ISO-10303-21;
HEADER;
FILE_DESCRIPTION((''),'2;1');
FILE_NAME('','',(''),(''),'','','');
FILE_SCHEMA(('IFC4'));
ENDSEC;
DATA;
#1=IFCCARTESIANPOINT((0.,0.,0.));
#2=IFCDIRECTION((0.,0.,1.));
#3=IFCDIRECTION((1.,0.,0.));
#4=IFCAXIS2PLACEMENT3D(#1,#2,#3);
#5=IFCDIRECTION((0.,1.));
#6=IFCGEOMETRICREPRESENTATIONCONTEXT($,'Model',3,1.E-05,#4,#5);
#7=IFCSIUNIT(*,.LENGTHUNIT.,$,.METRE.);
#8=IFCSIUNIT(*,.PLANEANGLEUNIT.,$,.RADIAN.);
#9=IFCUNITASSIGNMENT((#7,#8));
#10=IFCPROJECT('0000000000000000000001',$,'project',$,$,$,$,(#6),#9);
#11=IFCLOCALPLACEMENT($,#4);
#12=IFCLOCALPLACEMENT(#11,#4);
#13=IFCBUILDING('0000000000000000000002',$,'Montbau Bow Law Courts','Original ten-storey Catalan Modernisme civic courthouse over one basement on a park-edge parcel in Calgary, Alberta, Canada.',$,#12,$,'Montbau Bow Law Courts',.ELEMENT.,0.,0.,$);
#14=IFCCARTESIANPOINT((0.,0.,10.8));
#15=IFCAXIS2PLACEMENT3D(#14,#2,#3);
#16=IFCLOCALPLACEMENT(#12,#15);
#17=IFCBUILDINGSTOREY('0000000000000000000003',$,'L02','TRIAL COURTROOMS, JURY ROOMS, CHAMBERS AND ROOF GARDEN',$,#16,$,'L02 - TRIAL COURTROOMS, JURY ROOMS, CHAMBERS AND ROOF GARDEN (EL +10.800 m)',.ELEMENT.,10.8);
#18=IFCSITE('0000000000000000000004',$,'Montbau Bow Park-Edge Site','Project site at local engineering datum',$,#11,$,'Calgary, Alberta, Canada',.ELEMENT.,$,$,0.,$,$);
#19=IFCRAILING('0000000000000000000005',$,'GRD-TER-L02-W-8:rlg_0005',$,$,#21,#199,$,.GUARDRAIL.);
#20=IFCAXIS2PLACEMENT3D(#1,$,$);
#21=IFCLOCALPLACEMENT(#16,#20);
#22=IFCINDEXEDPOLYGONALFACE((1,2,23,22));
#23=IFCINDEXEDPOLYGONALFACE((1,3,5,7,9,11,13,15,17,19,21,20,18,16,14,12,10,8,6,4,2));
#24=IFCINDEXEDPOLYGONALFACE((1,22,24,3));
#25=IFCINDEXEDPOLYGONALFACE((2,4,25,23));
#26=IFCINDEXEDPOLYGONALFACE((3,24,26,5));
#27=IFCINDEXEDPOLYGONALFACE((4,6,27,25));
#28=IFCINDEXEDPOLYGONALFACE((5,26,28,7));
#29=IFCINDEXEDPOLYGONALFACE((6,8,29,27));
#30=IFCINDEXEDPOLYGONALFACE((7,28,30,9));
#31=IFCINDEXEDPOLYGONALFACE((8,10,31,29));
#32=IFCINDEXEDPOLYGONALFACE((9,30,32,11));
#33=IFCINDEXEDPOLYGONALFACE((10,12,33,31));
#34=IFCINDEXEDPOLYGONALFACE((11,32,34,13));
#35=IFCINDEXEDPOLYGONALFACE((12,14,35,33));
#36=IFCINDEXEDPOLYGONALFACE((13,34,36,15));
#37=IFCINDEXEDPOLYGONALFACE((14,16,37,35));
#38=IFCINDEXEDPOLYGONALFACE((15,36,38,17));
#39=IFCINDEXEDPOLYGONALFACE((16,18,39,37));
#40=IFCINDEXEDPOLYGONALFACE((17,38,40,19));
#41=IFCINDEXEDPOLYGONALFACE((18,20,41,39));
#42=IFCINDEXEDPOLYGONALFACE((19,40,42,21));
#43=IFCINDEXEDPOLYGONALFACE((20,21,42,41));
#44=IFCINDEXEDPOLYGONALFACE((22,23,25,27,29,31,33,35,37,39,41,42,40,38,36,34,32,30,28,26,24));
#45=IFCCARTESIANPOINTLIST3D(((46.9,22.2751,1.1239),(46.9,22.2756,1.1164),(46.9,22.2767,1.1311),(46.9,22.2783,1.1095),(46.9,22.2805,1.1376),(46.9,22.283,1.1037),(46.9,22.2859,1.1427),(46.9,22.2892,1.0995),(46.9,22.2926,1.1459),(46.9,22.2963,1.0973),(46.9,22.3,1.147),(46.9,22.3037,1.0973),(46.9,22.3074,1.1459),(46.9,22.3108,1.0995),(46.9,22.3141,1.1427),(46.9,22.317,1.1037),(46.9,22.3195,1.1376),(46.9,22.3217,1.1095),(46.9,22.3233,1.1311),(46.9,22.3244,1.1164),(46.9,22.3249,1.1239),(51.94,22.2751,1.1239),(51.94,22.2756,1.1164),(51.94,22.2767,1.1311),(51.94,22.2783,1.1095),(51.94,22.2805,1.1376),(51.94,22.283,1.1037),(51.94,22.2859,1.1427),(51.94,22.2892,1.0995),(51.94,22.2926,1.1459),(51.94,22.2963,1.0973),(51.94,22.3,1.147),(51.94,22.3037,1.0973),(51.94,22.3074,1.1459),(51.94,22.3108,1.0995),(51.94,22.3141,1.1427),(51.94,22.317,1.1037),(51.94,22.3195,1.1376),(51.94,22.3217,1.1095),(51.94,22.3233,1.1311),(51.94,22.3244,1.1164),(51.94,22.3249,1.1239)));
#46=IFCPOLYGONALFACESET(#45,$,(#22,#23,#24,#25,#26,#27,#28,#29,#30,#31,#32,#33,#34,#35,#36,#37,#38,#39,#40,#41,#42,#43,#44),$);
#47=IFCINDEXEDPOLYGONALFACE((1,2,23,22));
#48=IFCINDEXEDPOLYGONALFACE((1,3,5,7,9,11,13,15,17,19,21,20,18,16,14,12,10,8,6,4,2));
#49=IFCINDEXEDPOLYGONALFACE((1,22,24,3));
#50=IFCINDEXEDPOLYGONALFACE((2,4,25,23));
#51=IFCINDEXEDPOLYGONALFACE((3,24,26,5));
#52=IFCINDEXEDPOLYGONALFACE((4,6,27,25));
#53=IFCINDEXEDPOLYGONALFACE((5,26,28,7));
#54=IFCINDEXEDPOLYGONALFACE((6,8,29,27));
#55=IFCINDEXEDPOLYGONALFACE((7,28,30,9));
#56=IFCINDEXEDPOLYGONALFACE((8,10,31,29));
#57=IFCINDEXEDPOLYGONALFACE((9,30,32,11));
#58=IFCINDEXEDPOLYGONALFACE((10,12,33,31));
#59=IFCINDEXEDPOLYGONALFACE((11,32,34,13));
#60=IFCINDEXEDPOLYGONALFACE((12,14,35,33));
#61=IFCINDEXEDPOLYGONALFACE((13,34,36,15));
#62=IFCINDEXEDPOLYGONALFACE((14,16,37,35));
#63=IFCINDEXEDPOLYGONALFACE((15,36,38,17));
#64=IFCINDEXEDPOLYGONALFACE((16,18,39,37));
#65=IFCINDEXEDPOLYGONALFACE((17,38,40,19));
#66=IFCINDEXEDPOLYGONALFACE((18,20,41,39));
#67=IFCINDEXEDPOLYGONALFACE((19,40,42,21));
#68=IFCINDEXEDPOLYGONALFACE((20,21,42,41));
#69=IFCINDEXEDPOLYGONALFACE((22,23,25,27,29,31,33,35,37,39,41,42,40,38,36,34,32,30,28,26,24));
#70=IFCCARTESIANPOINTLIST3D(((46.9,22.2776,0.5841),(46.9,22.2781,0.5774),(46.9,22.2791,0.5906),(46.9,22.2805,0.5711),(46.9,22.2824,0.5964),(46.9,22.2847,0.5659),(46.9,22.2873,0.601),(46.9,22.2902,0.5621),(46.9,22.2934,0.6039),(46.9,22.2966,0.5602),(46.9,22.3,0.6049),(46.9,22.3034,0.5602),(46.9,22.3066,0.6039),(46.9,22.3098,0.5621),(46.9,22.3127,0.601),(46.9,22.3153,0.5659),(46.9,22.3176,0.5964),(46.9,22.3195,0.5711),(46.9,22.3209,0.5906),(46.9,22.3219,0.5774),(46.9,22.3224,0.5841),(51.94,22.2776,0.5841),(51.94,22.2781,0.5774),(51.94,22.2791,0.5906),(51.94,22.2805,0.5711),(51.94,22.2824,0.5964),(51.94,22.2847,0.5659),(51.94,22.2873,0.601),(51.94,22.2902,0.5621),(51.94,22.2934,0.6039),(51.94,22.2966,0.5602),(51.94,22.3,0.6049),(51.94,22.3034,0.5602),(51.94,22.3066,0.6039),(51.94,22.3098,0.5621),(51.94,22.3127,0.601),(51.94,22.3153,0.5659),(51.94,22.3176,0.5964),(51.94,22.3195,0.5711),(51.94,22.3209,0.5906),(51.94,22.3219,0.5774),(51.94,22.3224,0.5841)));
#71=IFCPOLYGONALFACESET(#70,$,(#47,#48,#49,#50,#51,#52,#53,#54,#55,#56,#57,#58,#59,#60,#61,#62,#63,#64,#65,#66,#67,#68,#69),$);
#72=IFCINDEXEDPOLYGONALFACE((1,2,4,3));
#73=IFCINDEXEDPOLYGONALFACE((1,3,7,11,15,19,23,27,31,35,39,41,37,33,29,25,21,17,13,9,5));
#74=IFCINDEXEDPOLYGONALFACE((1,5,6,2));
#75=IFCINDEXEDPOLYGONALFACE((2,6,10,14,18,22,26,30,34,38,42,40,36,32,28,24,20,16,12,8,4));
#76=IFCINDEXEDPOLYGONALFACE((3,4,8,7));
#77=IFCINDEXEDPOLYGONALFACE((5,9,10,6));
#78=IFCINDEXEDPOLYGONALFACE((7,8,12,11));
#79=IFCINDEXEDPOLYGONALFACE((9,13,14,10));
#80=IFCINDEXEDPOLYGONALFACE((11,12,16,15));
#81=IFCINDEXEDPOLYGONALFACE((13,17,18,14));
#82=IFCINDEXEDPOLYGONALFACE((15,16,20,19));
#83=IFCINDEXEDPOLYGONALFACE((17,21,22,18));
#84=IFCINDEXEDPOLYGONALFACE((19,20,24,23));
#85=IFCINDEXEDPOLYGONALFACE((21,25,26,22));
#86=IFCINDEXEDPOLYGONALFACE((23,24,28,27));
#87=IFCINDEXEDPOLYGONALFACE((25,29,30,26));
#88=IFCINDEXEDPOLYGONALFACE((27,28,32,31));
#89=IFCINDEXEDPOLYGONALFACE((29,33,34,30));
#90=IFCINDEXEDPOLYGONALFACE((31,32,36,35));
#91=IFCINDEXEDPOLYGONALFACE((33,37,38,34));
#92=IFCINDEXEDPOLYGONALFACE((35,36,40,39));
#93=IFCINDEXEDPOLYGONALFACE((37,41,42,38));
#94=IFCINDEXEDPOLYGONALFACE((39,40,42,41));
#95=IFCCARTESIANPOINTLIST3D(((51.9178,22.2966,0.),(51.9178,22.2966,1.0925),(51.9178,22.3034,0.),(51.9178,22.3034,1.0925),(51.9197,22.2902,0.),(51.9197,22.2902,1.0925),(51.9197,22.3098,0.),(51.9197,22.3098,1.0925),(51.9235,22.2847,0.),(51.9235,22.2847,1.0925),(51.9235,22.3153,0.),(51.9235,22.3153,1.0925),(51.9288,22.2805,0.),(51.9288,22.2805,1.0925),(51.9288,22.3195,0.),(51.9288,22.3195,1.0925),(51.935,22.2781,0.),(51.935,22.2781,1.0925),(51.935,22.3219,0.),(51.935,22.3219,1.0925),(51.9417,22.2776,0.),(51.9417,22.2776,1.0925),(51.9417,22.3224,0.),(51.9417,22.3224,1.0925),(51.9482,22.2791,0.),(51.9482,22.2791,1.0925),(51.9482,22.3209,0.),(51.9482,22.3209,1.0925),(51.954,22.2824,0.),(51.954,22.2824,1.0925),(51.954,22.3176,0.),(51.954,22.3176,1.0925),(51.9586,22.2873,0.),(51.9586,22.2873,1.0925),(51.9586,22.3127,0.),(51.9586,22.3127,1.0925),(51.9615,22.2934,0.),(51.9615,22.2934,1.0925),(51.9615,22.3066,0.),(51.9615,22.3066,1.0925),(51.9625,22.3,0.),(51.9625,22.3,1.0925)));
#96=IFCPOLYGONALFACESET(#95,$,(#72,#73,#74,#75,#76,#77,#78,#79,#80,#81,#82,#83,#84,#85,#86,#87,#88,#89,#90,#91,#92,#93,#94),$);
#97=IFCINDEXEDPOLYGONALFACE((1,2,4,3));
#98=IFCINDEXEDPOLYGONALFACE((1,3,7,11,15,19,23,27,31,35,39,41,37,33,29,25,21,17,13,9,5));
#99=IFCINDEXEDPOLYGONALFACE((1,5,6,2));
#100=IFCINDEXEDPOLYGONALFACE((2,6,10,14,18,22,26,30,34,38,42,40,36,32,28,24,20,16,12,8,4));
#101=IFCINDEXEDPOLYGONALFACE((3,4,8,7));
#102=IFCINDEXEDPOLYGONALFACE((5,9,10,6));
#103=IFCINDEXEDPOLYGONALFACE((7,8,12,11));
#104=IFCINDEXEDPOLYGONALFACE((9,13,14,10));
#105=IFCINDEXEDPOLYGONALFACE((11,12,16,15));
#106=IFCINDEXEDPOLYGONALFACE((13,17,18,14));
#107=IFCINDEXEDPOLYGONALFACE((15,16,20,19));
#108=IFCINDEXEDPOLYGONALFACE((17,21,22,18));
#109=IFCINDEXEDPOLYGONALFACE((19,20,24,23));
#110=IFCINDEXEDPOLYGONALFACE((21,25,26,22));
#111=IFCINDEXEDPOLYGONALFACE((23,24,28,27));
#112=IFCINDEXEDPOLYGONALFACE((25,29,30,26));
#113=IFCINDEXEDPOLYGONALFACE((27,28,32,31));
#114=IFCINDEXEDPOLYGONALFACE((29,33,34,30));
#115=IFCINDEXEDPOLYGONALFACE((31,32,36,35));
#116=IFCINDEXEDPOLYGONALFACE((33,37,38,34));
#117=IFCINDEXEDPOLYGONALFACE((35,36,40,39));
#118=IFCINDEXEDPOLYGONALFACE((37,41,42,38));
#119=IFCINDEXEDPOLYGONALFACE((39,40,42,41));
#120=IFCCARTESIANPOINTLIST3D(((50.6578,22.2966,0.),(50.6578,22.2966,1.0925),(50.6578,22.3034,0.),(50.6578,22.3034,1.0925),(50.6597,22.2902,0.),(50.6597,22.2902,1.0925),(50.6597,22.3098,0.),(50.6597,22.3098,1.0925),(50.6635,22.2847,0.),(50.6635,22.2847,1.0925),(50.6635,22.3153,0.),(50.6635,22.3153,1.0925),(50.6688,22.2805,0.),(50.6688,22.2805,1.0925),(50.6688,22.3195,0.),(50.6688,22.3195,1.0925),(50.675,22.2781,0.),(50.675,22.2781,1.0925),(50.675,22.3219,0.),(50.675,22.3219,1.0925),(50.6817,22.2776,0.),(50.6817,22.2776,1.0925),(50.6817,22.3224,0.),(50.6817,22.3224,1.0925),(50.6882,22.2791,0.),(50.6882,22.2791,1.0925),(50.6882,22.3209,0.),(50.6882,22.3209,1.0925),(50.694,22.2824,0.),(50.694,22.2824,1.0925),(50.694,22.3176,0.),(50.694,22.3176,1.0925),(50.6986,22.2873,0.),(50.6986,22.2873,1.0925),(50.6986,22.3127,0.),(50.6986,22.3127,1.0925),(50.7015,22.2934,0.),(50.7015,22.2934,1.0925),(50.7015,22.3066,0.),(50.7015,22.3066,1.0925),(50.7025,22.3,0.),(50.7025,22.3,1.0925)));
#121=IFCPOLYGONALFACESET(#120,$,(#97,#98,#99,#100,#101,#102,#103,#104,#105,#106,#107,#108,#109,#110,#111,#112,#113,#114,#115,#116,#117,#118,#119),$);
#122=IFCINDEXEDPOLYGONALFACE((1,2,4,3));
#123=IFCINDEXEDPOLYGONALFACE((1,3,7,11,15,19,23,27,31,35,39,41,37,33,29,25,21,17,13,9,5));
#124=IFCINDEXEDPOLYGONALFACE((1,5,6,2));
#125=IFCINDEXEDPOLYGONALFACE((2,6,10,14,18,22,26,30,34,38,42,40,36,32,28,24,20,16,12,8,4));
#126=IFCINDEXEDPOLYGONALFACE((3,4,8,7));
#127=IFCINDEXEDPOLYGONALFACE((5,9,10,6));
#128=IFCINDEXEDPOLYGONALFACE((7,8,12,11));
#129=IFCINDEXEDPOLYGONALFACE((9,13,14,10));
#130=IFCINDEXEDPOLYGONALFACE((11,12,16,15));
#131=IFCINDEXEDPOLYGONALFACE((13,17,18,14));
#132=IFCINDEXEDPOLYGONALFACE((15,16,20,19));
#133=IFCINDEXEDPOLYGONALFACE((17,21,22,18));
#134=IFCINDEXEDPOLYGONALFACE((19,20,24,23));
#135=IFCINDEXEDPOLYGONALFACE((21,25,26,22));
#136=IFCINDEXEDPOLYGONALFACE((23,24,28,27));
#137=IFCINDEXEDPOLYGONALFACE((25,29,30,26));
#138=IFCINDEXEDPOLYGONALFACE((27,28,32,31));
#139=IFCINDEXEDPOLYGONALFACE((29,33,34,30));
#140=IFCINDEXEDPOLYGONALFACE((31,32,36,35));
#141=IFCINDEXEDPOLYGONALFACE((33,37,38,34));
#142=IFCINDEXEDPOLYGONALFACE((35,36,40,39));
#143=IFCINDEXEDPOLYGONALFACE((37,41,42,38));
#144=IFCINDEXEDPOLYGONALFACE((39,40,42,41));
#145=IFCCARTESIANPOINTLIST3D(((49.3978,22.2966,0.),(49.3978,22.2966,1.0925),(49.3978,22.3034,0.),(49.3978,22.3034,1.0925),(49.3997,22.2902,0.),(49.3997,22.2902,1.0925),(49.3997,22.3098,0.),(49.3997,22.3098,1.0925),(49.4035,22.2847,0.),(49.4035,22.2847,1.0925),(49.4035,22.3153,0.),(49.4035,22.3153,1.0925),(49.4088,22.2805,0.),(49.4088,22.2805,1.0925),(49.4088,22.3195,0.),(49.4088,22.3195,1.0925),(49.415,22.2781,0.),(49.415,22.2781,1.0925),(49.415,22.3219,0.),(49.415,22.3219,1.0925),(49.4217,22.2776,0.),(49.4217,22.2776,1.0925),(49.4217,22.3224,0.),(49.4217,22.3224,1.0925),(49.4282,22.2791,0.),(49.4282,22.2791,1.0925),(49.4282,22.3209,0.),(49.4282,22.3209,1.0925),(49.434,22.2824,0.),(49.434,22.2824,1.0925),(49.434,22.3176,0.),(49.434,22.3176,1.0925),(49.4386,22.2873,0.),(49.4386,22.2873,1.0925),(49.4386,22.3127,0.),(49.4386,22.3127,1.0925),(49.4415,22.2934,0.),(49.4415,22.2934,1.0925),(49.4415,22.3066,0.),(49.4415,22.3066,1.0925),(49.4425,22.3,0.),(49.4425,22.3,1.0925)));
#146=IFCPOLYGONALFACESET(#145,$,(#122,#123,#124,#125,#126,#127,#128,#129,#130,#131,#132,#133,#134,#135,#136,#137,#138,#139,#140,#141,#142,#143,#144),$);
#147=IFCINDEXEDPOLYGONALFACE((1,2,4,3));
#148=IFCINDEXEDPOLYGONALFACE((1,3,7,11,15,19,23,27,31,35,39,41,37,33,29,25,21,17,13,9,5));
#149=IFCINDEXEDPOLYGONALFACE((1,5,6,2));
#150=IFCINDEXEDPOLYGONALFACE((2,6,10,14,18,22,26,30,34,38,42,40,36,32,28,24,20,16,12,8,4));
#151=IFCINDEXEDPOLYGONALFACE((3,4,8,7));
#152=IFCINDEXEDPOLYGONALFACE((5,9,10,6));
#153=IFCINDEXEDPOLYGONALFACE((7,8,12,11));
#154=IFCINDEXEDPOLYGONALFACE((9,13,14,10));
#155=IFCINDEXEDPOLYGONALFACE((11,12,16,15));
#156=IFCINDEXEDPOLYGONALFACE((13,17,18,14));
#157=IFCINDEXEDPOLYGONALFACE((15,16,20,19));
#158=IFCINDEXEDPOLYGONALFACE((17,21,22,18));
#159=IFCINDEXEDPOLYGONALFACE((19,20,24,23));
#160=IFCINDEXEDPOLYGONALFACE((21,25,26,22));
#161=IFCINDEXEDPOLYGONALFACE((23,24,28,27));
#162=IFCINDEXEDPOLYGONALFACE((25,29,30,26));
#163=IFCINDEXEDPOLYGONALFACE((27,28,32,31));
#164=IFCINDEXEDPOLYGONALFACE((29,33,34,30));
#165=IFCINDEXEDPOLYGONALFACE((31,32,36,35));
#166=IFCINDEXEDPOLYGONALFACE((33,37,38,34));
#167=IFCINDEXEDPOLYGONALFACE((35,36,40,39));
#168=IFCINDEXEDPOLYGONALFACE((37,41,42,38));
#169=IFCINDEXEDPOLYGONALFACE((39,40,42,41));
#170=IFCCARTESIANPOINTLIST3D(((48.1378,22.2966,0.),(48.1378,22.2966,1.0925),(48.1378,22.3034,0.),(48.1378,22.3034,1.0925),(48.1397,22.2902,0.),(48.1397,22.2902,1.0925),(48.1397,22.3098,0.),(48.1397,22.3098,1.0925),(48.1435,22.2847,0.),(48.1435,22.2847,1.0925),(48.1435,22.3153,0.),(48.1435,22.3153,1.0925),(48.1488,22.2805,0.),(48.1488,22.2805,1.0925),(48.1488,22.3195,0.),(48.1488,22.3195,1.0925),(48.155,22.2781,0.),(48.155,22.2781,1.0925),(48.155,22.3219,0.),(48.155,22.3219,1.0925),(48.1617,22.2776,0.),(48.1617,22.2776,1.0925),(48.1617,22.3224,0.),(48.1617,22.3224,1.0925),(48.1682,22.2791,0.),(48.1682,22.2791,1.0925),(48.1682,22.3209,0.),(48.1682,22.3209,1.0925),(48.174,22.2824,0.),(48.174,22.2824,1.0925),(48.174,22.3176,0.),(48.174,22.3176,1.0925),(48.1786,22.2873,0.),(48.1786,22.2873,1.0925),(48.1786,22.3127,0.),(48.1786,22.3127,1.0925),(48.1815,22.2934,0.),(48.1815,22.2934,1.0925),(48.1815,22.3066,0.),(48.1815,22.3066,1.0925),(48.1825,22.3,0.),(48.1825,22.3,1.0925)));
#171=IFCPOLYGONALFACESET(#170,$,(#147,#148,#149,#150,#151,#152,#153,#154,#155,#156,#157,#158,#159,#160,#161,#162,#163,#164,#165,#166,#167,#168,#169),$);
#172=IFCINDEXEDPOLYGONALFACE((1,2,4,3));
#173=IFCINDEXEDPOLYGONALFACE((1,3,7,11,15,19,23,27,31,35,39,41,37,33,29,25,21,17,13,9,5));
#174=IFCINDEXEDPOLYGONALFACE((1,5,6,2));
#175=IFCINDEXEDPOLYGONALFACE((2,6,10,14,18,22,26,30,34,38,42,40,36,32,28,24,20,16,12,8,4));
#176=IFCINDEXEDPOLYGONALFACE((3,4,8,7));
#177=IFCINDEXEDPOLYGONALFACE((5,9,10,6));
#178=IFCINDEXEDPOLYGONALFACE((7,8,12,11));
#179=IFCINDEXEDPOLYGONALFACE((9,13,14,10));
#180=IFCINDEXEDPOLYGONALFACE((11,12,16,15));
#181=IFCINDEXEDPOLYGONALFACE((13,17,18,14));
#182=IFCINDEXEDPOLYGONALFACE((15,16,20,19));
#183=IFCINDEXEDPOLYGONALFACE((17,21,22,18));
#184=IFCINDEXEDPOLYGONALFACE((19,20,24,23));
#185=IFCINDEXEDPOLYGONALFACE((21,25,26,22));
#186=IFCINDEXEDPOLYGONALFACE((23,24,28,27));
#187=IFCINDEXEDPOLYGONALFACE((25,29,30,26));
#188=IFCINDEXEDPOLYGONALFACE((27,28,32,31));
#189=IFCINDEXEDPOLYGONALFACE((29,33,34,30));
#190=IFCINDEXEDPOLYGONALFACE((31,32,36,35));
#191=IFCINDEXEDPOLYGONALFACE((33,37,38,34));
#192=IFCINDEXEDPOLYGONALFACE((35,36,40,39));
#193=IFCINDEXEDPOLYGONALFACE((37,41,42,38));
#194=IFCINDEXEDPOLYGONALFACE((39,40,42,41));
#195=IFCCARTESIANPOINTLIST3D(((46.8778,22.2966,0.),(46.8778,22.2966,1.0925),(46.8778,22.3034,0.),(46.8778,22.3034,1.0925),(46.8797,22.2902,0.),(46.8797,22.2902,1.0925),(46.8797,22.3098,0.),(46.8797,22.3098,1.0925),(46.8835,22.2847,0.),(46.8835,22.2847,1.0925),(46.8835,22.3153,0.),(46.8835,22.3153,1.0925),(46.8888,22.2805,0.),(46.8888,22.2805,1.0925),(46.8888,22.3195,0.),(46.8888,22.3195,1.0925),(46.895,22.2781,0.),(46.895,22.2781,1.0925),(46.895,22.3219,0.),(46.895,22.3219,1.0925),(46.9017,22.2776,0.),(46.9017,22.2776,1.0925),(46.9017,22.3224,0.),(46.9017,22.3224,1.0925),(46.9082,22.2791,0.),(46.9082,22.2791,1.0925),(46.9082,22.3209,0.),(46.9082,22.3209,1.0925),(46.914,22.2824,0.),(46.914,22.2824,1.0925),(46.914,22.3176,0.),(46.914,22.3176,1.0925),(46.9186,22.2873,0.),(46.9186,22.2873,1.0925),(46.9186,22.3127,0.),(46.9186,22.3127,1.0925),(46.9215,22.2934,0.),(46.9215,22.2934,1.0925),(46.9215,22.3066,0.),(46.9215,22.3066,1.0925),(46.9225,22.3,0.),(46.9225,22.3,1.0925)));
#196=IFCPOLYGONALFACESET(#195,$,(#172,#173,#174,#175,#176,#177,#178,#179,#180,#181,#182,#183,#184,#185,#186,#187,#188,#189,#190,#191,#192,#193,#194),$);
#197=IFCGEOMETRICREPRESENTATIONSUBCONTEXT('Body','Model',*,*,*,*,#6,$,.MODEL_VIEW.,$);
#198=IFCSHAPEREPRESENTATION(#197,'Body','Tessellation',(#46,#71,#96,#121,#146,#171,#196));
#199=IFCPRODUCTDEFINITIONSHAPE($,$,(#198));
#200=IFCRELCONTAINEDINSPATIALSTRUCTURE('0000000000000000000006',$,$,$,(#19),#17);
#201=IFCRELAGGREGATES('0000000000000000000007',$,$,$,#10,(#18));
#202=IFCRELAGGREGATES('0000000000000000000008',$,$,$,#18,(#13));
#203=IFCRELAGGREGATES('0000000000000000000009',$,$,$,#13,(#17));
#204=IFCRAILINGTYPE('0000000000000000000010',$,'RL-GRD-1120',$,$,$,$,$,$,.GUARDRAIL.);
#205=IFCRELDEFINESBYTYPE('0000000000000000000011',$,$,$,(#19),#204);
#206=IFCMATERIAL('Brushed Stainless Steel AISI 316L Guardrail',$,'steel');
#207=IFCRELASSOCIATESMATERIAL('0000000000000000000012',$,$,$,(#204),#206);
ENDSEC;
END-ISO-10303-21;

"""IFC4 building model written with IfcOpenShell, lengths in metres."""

from ifc_helpers import new_model, si_unit, direction, frame, origin_with_axes, origin_2d_with_axis, place, context, subcontext, project, spatial, circle, extrude, material, type_object, element, save


model = new_model("IFC4")

# Units and contexts
model_context = context("Model", 3, precision=1e-05, world=origin_with_axes(), true_north=direction((0.0, 1.0)))
body_context = subcontext(model_context, "Body", "Model", "MODEL_VIEW")
ifc_project = project(units=[si_unit("LENGTHUNIT", "METRE"), si_unit("PLANEANGLEUNIT", "RADIAN")], contexts=[model_context])

# Site, building, storey
site_placement = place(None, origin_with_axes())
site = spatial("IfcSite", under=ifc_project, at=site_placement, Name="Montbau Bow Park-Edge Site", Description="Project site at local engineering datum", LongName="Calgary, Alberta, Canada", CompositionType="ELEMENT", RefElevation=0.0)
building_placement = place(site_placement, origin_with_axes())
building = spatial("IfcBuilding", under=site, at=building_placement, Name="Montbau Bow Law Courts", Description="Original ten-storey Catalan Modernisme civic courthouse over one basement on a park-edge parcel in Calgary, Alberta, Canada.", LongName="Montbau Bow Law Courts", CompositionType="ELEMENT", ElevationOfRefHeight=0.0, ElevationOfTerrain=0.0)
storey_placement = place(building_placement, frame((0.0, 0.0, 10.8), z_axis=(0.0, 0.0, 1.0), x_axis=(1.0, 0.0, 0.0)))
storey = spatial("IfcBuildingStorey", under=building, at=storey_placement, Name="L02", Description="TRIAL COURTROOMS, JURY ROOMS, CHAMBERS AND ROOF GARDEN", LongName="L02 - TRIAL COURTROOMS, JURY ROOMS, CHAMBERS AND ROOF GARDEN (EL +10.800 m)", CompositionType="ELEMENT", Elevation=10.8)

# Railing
ifc_material_1 = material(Name="Brushed Stainless Steel AISI 316L Guardrail", Category="steel")
railing_type_1 = type_object("IfcRailingType", Name="RL-GRD-1120", PredefinedType="GUARDRAIL", material=ifc_material_1)
railing_1_placement = place(None, origin_with_axes())
element("IfcRailing", 1, at=railing_1_placement, inside=storey, type_object=railing_type_1, Name="GRD-TER-L02-W-8:rlg_0005", PredefinedType="GUARDRAIL", context=body_context, shape_type="SweptSolid", body=[
    extrude(circle(Radius=0.025, at=origin_2d_with_axis()), frame((51.94, 22.3, 11.922), z_axis=(-1.0, 0.0, 0.0), x_axis=(0.0, 0.0, 1.0)), (0.0, 0.0, 1.0), 5.04),
    extrude(circle(Radius=0.0225, at=origin_2d_with_axis()), frame((51.94, 22.3, 11.3824), z_axis=(-1.0, 0.0, 0.0), x_axis=(0.0, 0.0, 1.0)), (0.0, 0.0, 1.0), 5.04),
    extrude(circle(Radius=0.0225, at=origin_2d_with_axis()), frame((51.94, 22.3, 10.8), z_axis=(0.0, 0.0, 1.0), x_axis=(1.0, 0.0, 0.0)), (0.0, 0.0, 1.0), 1.0925),
    extrude(circle(Radius=0.0225, at=origin_2d_with_axis()), frame((50.68, 22.3, 10.8), z_axis=(0.0, 0.0, 1.0), x_axis=(1.0, 0.0, 0.0)), (0.0, 0.0, 1.0), 1.0925),
    extrude(circle(Radius=0.0225, at=origin_2d_with_axis()), frame((49.42, 22.3, 10.8), z_axis=(0.0, 0.0, 1.0), x_axis=(1.0, 0.0, 0.0)), (0.0, 0.0, 1.0), 1.0925),
    extrude(circle(Radius=0.0225, at=origin_2d_with_axis()), frame((48.16, 22.3, 10.8), z_axis=(0.0, 0.0, 1.0), x_axis=(1.0, 0.0, 0.0)), (0.0, 0.0, 1.0), 1.0925),
    extrude(circle(Radius=0.0225, at=origin_2d_with_axis()), frame((46.9, 22.3, 10.8), z_axis=(0.0, 0.0, 1.0), x_axis=(1.0, 0.0, 0.0)), (0.0, 0.0, 1.0), 1.0925),
])

save(model, "model.ifc")
